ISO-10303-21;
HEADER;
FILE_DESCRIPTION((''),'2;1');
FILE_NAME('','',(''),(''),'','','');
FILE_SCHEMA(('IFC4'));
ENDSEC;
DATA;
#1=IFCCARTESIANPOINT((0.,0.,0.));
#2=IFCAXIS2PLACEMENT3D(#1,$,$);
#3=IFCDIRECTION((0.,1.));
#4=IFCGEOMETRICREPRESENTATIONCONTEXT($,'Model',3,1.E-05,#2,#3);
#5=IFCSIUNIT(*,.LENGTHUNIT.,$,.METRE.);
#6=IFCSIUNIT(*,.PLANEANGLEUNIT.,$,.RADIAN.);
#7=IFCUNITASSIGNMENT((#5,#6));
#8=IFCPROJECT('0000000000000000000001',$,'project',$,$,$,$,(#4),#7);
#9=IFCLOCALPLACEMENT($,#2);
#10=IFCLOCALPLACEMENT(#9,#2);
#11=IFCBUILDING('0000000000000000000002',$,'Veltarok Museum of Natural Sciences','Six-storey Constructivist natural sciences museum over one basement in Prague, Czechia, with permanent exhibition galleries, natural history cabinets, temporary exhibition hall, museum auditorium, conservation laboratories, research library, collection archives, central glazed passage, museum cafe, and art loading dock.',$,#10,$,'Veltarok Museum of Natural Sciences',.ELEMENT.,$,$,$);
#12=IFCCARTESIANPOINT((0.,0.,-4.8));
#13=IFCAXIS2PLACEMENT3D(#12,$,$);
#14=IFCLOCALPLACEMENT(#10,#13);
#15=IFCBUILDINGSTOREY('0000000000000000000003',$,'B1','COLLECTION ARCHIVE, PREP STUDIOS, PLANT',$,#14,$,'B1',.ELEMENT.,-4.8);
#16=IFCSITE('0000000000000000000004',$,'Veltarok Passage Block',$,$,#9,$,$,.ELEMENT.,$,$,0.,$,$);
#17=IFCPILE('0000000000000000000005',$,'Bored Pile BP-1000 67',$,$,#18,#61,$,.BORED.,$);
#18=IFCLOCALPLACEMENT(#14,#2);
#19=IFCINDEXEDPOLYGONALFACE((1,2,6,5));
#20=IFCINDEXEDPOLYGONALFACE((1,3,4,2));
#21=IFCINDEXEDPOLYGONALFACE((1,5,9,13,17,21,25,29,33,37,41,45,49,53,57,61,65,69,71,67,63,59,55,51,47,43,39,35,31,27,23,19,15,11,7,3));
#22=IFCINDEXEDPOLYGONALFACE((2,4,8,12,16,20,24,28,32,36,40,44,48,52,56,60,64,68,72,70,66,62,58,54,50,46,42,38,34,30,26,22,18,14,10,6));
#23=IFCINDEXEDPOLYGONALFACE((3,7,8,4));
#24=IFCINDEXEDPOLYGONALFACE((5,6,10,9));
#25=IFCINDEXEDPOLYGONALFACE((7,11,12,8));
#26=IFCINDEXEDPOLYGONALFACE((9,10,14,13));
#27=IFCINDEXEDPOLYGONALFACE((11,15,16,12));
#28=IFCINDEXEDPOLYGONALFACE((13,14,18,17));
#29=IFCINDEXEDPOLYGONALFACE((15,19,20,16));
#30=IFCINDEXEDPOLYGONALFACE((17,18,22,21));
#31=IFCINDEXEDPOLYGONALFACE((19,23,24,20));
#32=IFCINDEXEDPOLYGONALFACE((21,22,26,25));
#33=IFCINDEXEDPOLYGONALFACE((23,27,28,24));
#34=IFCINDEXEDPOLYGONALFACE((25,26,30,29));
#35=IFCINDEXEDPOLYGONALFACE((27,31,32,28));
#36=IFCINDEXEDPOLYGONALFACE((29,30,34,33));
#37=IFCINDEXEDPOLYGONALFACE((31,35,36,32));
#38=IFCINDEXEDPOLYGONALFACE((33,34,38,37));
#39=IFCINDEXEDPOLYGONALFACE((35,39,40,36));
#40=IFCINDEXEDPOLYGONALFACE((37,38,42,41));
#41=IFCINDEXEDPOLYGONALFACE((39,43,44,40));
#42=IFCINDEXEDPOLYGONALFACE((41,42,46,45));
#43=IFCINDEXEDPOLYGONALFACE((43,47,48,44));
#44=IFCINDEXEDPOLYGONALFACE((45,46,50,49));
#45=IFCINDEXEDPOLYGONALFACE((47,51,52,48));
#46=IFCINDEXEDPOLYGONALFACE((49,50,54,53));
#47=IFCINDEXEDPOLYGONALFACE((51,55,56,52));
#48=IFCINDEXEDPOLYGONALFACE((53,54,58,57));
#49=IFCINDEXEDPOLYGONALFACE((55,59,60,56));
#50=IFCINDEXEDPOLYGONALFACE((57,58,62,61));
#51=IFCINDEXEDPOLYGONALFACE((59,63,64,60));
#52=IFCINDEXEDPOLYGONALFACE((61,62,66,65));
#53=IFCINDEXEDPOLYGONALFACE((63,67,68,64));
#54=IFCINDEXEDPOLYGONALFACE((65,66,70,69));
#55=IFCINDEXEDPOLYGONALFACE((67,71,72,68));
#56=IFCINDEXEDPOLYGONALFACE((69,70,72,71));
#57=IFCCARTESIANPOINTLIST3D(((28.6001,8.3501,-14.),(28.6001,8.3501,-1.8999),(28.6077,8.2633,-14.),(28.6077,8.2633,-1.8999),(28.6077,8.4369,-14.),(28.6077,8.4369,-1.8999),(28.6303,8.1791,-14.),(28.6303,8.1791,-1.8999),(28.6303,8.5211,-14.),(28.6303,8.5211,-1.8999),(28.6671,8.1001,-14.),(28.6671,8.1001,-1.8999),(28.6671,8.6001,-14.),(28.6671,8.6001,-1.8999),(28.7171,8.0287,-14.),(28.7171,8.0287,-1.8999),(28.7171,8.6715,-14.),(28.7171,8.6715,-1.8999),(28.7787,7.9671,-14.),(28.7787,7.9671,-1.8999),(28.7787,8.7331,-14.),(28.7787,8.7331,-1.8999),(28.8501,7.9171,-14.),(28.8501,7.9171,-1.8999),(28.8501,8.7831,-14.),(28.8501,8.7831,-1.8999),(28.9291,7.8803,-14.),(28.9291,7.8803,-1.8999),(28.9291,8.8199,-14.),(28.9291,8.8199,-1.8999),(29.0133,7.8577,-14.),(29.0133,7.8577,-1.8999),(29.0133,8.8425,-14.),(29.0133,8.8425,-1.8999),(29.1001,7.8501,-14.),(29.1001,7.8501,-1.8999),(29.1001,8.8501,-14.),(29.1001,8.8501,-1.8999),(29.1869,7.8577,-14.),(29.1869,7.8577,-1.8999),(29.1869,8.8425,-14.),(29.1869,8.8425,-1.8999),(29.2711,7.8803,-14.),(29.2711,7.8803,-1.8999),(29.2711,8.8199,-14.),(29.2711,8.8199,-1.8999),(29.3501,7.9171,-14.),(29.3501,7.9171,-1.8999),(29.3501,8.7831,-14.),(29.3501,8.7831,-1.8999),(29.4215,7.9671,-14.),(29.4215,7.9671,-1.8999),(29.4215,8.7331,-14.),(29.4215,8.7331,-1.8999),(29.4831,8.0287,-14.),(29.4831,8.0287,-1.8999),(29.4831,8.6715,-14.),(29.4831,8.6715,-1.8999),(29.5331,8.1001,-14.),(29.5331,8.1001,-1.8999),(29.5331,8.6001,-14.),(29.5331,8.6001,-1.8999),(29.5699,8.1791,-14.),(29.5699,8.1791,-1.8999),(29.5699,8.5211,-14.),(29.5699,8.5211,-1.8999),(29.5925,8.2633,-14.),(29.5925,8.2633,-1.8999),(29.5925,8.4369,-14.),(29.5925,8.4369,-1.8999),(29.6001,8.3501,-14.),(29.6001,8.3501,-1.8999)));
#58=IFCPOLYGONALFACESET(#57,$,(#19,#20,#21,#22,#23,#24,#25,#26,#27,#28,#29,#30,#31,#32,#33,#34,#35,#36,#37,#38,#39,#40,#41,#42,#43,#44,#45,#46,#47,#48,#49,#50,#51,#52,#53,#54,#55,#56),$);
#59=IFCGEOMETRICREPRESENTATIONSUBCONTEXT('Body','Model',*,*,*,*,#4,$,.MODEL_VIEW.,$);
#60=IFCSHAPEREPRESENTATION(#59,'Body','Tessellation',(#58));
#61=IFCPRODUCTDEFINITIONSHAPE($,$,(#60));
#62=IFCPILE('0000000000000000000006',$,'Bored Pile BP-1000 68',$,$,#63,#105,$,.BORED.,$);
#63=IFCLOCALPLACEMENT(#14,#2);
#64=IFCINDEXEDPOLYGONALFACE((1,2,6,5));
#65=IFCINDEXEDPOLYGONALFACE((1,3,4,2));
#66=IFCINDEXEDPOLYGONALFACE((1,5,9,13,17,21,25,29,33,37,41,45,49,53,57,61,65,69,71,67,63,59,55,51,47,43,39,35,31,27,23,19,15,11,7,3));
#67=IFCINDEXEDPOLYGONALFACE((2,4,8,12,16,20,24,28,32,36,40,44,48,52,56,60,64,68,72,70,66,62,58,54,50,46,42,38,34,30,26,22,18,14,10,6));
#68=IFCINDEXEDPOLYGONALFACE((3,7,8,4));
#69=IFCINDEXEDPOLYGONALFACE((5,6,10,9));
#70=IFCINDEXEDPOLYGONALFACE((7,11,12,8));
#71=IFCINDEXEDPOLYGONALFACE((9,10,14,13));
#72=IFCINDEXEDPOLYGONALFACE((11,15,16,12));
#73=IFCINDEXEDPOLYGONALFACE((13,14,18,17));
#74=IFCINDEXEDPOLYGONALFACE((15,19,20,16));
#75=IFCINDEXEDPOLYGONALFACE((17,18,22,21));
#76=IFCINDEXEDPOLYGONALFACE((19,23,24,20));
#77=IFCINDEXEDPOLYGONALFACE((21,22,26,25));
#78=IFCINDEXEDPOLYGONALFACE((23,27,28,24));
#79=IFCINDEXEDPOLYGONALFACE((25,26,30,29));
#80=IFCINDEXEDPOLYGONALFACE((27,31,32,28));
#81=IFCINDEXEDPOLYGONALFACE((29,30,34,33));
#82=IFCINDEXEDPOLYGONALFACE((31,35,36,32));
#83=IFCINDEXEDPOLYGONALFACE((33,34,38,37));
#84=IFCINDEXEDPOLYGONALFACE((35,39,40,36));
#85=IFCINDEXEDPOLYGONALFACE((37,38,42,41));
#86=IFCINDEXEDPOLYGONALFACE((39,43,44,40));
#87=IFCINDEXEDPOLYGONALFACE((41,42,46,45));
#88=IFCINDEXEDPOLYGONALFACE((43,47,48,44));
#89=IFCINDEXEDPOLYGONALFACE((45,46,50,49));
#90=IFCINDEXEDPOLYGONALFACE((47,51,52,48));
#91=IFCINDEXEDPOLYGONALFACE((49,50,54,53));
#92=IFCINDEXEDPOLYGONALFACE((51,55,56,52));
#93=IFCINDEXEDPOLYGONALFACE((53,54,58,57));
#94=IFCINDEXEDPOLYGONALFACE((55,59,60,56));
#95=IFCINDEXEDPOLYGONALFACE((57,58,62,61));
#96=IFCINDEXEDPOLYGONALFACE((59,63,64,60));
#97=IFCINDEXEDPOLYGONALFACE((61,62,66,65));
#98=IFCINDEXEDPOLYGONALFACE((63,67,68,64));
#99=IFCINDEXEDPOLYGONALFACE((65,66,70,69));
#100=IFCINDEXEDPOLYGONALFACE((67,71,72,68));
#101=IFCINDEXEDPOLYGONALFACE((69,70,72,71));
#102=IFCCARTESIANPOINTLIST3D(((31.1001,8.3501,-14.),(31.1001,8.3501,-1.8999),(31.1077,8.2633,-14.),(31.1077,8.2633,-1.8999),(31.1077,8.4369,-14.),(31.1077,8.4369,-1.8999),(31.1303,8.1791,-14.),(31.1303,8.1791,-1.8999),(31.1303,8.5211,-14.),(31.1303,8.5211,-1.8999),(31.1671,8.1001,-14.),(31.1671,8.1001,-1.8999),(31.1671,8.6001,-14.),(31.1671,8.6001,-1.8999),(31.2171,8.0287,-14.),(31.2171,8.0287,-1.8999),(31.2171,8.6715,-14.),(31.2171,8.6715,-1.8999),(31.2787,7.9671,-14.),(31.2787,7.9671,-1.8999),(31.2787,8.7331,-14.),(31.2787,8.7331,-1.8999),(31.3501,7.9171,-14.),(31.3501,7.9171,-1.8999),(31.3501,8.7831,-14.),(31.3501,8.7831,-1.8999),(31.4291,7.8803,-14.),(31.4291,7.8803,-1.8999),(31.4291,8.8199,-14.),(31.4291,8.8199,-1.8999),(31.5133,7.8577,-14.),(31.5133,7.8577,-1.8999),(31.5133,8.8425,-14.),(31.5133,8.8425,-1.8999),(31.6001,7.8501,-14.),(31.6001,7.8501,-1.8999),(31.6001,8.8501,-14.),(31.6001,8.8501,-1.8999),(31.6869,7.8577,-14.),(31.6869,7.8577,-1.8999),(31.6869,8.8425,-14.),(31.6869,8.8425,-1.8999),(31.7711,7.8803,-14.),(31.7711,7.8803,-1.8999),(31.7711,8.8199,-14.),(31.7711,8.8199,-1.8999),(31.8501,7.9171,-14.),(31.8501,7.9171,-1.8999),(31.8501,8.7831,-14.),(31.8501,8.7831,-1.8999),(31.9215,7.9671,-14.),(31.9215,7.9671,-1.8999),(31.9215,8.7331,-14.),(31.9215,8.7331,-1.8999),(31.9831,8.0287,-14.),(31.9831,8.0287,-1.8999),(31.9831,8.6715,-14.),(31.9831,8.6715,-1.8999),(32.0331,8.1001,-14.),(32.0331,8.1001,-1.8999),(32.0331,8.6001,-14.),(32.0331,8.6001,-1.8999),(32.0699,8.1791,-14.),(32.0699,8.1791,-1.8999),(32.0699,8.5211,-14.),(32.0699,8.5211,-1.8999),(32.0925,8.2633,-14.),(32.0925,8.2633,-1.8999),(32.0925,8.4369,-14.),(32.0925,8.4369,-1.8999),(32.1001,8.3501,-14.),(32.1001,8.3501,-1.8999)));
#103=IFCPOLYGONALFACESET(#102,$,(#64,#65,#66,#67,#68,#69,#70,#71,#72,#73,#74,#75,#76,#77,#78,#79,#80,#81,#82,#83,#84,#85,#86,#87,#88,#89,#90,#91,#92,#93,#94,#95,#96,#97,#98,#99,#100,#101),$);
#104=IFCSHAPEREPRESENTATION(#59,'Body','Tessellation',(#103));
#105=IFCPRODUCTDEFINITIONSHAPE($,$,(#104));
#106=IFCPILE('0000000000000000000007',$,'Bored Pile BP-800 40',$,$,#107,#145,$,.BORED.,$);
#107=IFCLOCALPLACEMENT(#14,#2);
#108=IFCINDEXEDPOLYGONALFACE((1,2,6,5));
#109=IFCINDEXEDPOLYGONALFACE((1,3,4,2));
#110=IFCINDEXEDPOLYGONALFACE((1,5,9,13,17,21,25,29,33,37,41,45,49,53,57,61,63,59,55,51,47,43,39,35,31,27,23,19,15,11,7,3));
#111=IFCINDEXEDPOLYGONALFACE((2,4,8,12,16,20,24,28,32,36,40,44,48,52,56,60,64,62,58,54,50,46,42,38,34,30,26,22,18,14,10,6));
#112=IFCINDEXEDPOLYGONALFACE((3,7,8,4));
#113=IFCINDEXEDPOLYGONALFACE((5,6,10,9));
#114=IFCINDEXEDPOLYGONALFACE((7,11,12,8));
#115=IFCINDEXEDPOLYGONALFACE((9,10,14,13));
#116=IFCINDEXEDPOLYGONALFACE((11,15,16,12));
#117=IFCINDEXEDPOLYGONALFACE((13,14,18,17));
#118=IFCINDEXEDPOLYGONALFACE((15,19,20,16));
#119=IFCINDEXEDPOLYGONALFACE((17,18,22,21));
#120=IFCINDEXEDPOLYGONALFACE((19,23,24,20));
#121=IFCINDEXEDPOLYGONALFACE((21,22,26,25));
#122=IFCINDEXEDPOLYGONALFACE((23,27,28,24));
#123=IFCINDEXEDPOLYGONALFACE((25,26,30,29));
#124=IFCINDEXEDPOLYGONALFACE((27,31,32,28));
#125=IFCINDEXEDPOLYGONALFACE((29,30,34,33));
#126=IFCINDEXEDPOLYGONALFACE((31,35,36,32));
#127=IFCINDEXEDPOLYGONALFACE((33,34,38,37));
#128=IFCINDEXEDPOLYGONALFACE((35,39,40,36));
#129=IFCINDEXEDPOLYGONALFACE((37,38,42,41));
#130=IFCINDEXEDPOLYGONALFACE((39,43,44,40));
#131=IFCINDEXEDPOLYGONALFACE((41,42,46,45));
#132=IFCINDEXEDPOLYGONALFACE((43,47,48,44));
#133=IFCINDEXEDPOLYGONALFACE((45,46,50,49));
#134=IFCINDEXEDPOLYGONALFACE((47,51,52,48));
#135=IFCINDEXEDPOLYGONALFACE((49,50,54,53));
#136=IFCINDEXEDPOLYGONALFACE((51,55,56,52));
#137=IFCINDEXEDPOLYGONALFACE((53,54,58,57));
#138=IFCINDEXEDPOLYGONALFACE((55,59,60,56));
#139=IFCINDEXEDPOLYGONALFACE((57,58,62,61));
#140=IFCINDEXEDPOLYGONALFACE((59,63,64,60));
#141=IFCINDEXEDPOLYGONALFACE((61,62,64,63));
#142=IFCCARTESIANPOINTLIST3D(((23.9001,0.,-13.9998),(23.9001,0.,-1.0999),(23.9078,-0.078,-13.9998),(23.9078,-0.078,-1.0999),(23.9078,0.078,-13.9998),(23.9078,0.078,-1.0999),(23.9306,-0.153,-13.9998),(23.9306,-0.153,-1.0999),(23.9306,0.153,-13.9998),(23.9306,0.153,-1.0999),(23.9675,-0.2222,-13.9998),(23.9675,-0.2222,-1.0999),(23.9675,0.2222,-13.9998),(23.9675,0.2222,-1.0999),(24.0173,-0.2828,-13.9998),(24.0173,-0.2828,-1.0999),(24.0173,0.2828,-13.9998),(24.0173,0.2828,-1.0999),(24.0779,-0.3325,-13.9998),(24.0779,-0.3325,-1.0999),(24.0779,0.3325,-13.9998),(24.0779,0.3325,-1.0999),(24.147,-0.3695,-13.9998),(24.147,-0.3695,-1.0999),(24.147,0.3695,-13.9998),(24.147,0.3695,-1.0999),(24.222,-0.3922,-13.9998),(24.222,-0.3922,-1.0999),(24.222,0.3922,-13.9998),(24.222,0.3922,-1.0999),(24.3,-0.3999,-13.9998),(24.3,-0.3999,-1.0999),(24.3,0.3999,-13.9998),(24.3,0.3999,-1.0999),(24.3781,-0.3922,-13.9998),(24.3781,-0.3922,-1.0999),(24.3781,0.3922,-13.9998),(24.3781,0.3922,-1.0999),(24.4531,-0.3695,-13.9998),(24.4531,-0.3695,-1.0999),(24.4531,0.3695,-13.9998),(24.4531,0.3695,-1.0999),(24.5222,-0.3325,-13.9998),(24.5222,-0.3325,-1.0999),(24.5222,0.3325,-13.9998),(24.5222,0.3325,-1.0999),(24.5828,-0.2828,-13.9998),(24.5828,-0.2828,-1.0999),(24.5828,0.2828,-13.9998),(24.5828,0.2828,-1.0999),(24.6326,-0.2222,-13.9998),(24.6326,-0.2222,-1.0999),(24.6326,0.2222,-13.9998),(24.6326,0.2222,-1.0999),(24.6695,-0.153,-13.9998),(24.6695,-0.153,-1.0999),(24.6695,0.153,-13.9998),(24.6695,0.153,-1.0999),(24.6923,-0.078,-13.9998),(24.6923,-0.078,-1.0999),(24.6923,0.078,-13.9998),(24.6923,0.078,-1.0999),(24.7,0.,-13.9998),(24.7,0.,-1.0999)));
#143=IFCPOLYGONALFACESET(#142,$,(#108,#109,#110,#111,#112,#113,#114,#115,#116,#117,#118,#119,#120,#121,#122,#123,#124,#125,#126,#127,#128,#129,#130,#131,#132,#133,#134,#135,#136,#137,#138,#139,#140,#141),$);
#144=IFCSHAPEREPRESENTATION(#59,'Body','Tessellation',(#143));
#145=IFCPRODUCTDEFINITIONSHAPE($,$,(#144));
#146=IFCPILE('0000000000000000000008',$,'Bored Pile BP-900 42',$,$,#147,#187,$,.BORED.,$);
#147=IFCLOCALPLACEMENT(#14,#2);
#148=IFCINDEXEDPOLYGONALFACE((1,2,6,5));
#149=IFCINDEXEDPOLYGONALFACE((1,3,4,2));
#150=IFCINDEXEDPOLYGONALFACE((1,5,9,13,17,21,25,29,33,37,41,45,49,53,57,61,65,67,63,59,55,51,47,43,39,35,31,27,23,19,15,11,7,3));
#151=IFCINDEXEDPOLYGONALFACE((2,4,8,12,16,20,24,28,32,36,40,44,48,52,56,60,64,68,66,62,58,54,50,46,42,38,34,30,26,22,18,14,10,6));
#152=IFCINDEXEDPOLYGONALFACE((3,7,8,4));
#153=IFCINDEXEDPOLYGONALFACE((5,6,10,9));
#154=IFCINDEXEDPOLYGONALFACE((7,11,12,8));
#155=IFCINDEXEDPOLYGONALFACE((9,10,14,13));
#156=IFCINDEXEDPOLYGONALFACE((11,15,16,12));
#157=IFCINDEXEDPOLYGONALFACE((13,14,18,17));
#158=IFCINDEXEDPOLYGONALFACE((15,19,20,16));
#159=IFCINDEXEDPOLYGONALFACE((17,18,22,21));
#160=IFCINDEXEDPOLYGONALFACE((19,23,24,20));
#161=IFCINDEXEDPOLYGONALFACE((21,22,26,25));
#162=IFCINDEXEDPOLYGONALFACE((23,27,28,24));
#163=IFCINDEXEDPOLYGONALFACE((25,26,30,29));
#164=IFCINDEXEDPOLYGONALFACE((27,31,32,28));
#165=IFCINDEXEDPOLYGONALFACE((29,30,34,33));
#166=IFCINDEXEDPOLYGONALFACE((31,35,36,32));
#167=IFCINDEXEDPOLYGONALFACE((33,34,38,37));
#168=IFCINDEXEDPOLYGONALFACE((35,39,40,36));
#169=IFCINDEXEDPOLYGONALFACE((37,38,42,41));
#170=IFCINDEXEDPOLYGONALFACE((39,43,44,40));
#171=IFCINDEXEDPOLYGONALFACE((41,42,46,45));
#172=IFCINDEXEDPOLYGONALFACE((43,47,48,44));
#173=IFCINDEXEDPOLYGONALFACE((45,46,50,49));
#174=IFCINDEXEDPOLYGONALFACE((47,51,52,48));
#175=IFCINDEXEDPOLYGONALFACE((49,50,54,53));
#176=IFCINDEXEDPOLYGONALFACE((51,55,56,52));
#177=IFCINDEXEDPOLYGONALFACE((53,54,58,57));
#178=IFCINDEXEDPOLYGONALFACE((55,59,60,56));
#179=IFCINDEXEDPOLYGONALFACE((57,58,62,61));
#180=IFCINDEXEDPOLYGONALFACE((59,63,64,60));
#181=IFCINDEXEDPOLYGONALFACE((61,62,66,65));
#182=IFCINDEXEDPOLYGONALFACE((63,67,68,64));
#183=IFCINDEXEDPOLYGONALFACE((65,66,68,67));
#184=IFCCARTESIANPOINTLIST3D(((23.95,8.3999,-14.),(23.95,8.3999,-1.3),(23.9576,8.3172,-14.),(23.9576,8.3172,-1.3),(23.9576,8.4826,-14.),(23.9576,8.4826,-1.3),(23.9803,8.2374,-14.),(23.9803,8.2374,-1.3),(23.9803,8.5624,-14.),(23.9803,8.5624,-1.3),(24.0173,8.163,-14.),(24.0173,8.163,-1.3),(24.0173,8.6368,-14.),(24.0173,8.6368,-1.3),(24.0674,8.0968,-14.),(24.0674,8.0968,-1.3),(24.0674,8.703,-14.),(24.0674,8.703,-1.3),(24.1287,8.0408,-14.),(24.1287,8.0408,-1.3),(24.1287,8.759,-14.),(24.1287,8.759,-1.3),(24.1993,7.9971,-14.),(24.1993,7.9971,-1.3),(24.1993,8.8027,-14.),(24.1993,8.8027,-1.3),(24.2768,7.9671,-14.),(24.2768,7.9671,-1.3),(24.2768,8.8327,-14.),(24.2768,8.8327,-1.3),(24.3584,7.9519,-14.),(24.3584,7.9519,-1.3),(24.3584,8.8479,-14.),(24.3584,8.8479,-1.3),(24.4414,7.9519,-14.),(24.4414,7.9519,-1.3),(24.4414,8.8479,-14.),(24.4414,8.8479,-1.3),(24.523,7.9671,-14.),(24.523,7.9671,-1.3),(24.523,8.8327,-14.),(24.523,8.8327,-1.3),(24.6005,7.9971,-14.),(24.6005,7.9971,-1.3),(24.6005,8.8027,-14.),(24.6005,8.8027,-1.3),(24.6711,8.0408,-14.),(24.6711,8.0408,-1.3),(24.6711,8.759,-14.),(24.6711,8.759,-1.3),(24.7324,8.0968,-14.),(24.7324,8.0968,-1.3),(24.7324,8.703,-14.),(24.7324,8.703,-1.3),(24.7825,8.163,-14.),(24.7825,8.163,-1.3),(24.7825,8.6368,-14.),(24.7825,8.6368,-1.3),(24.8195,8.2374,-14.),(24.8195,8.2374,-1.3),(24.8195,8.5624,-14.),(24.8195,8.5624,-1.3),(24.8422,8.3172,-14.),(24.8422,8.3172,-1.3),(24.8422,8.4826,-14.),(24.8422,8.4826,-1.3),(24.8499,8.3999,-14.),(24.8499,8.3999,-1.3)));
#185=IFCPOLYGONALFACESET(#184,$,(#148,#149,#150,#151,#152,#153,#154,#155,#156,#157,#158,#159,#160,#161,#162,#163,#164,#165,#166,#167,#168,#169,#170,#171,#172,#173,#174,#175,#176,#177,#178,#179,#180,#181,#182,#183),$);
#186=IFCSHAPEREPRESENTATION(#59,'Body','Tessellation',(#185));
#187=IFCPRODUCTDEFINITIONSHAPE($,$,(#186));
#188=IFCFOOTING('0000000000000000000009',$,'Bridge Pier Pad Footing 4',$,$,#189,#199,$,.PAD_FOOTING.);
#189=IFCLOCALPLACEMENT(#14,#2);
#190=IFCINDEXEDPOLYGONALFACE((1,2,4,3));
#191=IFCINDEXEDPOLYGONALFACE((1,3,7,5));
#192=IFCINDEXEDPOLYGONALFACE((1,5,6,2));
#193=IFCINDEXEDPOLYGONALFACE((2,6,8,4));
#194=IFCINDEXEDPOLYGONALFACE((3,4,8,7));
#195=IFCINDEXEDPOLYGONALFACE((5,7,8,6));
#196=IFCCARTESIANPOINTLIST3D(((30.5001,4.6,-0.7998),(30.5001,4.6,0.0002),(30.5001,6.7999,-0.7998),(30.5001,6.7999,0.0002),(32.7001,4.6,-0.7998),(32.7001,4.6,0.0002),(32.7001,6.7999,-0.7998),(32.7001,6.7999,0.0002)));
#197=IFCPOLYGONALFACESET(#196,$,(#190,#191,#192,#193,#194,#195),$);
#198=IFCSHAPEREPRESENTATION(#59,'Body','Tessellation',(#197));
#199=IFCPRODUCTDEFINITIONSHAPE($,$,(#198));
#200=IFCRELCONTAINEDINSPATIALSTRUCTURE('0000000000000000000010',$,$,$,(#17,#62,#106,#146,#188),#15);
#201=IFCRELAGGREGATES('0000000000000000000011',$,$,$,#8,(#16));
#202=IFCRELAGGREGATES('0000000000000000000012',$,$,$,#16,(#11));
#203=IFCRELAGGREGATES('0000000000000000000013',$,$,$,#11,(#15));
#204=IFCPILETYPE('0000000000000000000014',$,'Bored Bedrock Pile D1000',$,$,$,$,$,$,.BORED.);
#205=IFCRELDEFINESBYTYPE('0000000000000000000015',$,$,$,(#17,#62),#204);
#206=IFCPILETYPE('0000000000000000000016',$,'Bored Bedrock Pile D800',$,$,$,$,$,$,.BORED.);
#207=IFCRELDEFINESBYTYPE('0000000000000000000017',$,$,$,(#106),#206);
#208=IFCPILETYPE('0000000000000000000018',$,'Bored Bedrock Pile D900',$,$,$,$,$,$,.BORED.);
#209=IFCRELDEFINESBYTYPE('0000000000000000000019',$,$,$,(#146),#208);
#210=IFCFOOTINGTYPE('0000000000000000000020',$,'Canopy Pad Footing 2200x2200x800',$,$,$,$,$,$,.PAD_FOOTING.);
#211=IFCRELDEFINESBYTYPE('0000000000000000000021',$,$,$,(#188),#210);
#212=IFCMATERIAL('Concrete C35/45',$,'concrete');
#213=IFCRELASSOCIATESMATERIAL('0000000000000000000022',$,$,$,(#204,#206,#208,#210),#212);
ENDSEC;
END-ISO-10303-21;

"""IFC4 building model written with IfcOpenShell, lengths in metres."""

from ifc_helpers import new_model, si_unit, direction, frame, origin, origin_2d, place, context, subcontext, project, spatial, rectangle, circle, extrude, material, material_profile, profile_set, type_object, element, save


model = new_model("IFC4")

# Units and contexts
model_context = context("Model", 3, precision=1e-05, world=origin(), true_north=direction((0.0, 1.0)))
body_context = subcontext(model_context, "Body", "Model", "MODEL_VIEW")
ifc_project = project(units=[si_unit("LENGTHUNIT", "METRE"), si_unit("PLANEANGLEUNIT", "RADIAN")], contexts=[model_context])

# Site, building, storey
site_placement = place(None, origin())
site = spatial("IfcSite", under=ifc_project, at=site_placement, Name="Veltarok Passage Block", CompositionType="ELEMENT", RefElevation=0.0)
building_placement = place(site_placement, origin())
building = spatial("IfcBuilding", under=site, at=building_placement, Name="Veltarok Museum of Natural Sciences", Description="Six-storey Constructivist natural sciences museum over one basement in Prague, Czechia, with permanent exhibition galleries, natural history cabinets, temporary exhibition hall, museum auditorium, conservation laboratories, research library, collection archives, central glazed passage, museum cafe, and art loading dock.", LongName="Veltarok Museum of Natural Sciences", CompositionType="ELEMENT")
storey_placement = place(building_placement, frame((0.0, 0.0, -4.8)))
storey = spatial("IfcBuildingStorey", under=building, at=storey_placement, Name="B1", Description="COLLECTION ARCHIVE, PREP STUDIOS, PLANT", LongName="B1", CompositionType="ELEMENT", Elevation=-4.8)

# Piles
ifc_material_1 = material(Name="Concrete C35/45", Category="concrete")
ifc_material_profile_1 = material_profile(ifc_material_1, circle(Radius=0.5, at=origin_2d()), Name="BP D1000")
ifc_profile_set_1 = profile_set([ifc_material_profile_1], Name="Concrete C35/45")
pile_type_1 = type_object("IfcPileType", Name="Bored Bedrock Pile D1000", PredefinedType="BORED", material=ifc_profile_set_1)
for number, where, z_axis, x_axis, name in (
    (1, (29.1001, 8.3501, -1.8999), (0.0, 0.0, -1.0), (1.0, 0.0, 0.0), "Bored Pile BP-1000 67"),
    (2, (31.6001, 8.3501, -1.8999), (0.0, 0.0, -1.0), (1.0, 0.0, 0.0), "Bored Pile BP-1000 68"),
):
    element("IfcPile", number, at=place(storey_placement, frame(where, z_axis=z_axis, x_axis=x_axis)), inside=storey, type_object=pile_type_1, Name=name, PredefinedType="BORED", context=body_context, shape_type="SweptSolid", body=[
        extrude(circle(Radius=0.5, at=origin_2d()), origin(), (0.0, 0.0, 1.0), 12.1001),
    ])
ifc_material_profile_2 = material_profile(ifc_material_1, circle(Radius=0.3999, at=origin_2d()), Name="BP D800")
ifc_profile_set_2 = profile_set([ifc_material_profile_2], Name="Concrete C35/45")
pile_type_2 = type_object("IfcPileType", Name="Bored Bedrock Pile D800", PredefinedType="BORED", material=ifc_profile_set_2)
pile_1_placement = place(storey_placement, frame((24.3, 0.0, -1.0999), z_axis=(0.0, 0.0, -1.0), x_axis=(1.0, 0.0, 0.0)))
element("IfcPile", 3, at=pile_1_placement, inside=storey, type_object=pile_type_2, Name="Bored Pile BP-800 40", PredefinedType="BORED", context=body_context, shape_type="SweptSolid", body=[
    extrude(circle(Radius=0.3999, at=origin_2d()), origin(), (0.0, 0.0, 1.0), 12.8999),
])
ifc_material_profile_3 = material_profile(ifc_material_1, circle(Radius=0.45, at=origin_2d()), Name="BP D900")
ifc_profile_set_3 = profile_set([ifc_material_profile_3], Name="Concrete C35/45")
pile_type_3 = type_object("IfcPileType", Name="Bored Bedrock Pile D900", PredefinedType="BORED", material=ifc_profile_set_3)
pile_2_placement = place(storey_placement, frame((24.3999, 8.3999, -1.3), z_axis=(0.0, 0.0, -1.0), x_axis=(1.0, 0.0, 0.0)))
element("IfcPile", 4, at=pile_2_placement, inside=storey, type_object=pile_type_3, Name="Bored Pile BP-900 42", PredefinedType="BORED", context=body_context, shape_type="SweptSolid", body=[
    extrude(circle(Radius=0.45, at=origin_2d()), origin(), (0.0, 0.0, 1.0), 12.7),
])

# Footing
footing_type_1 = type_object("IfcFootingType", Name="Canopy Pad Footing 2200x2200x800", PredefinedType="PAD_FOOTING", material=ifc_material_1)
footing_1_placement = place(storey_placement, frame((31.6001, 5.7, -0.7998), z_axis=(0.0, 0.0, 1.0), x_axis=(1.0, 0.0, 0.0)))
element("IfcFooting", 5, at=footing_1_placement, inside=storey, type_object=footing_type_1, Name="Bridge Pier Pad Footing 4", PredefinedType="PAD_FOOTING", context=body_context, shape_type="SweptSolid", body=[
    extrude(rectangle(XDim=2.2, YDim=2.2, at=origin_2d()), origin(), (0.0, 0.0, 1.0), 0.8),
])

save(model, "model.ifc")
